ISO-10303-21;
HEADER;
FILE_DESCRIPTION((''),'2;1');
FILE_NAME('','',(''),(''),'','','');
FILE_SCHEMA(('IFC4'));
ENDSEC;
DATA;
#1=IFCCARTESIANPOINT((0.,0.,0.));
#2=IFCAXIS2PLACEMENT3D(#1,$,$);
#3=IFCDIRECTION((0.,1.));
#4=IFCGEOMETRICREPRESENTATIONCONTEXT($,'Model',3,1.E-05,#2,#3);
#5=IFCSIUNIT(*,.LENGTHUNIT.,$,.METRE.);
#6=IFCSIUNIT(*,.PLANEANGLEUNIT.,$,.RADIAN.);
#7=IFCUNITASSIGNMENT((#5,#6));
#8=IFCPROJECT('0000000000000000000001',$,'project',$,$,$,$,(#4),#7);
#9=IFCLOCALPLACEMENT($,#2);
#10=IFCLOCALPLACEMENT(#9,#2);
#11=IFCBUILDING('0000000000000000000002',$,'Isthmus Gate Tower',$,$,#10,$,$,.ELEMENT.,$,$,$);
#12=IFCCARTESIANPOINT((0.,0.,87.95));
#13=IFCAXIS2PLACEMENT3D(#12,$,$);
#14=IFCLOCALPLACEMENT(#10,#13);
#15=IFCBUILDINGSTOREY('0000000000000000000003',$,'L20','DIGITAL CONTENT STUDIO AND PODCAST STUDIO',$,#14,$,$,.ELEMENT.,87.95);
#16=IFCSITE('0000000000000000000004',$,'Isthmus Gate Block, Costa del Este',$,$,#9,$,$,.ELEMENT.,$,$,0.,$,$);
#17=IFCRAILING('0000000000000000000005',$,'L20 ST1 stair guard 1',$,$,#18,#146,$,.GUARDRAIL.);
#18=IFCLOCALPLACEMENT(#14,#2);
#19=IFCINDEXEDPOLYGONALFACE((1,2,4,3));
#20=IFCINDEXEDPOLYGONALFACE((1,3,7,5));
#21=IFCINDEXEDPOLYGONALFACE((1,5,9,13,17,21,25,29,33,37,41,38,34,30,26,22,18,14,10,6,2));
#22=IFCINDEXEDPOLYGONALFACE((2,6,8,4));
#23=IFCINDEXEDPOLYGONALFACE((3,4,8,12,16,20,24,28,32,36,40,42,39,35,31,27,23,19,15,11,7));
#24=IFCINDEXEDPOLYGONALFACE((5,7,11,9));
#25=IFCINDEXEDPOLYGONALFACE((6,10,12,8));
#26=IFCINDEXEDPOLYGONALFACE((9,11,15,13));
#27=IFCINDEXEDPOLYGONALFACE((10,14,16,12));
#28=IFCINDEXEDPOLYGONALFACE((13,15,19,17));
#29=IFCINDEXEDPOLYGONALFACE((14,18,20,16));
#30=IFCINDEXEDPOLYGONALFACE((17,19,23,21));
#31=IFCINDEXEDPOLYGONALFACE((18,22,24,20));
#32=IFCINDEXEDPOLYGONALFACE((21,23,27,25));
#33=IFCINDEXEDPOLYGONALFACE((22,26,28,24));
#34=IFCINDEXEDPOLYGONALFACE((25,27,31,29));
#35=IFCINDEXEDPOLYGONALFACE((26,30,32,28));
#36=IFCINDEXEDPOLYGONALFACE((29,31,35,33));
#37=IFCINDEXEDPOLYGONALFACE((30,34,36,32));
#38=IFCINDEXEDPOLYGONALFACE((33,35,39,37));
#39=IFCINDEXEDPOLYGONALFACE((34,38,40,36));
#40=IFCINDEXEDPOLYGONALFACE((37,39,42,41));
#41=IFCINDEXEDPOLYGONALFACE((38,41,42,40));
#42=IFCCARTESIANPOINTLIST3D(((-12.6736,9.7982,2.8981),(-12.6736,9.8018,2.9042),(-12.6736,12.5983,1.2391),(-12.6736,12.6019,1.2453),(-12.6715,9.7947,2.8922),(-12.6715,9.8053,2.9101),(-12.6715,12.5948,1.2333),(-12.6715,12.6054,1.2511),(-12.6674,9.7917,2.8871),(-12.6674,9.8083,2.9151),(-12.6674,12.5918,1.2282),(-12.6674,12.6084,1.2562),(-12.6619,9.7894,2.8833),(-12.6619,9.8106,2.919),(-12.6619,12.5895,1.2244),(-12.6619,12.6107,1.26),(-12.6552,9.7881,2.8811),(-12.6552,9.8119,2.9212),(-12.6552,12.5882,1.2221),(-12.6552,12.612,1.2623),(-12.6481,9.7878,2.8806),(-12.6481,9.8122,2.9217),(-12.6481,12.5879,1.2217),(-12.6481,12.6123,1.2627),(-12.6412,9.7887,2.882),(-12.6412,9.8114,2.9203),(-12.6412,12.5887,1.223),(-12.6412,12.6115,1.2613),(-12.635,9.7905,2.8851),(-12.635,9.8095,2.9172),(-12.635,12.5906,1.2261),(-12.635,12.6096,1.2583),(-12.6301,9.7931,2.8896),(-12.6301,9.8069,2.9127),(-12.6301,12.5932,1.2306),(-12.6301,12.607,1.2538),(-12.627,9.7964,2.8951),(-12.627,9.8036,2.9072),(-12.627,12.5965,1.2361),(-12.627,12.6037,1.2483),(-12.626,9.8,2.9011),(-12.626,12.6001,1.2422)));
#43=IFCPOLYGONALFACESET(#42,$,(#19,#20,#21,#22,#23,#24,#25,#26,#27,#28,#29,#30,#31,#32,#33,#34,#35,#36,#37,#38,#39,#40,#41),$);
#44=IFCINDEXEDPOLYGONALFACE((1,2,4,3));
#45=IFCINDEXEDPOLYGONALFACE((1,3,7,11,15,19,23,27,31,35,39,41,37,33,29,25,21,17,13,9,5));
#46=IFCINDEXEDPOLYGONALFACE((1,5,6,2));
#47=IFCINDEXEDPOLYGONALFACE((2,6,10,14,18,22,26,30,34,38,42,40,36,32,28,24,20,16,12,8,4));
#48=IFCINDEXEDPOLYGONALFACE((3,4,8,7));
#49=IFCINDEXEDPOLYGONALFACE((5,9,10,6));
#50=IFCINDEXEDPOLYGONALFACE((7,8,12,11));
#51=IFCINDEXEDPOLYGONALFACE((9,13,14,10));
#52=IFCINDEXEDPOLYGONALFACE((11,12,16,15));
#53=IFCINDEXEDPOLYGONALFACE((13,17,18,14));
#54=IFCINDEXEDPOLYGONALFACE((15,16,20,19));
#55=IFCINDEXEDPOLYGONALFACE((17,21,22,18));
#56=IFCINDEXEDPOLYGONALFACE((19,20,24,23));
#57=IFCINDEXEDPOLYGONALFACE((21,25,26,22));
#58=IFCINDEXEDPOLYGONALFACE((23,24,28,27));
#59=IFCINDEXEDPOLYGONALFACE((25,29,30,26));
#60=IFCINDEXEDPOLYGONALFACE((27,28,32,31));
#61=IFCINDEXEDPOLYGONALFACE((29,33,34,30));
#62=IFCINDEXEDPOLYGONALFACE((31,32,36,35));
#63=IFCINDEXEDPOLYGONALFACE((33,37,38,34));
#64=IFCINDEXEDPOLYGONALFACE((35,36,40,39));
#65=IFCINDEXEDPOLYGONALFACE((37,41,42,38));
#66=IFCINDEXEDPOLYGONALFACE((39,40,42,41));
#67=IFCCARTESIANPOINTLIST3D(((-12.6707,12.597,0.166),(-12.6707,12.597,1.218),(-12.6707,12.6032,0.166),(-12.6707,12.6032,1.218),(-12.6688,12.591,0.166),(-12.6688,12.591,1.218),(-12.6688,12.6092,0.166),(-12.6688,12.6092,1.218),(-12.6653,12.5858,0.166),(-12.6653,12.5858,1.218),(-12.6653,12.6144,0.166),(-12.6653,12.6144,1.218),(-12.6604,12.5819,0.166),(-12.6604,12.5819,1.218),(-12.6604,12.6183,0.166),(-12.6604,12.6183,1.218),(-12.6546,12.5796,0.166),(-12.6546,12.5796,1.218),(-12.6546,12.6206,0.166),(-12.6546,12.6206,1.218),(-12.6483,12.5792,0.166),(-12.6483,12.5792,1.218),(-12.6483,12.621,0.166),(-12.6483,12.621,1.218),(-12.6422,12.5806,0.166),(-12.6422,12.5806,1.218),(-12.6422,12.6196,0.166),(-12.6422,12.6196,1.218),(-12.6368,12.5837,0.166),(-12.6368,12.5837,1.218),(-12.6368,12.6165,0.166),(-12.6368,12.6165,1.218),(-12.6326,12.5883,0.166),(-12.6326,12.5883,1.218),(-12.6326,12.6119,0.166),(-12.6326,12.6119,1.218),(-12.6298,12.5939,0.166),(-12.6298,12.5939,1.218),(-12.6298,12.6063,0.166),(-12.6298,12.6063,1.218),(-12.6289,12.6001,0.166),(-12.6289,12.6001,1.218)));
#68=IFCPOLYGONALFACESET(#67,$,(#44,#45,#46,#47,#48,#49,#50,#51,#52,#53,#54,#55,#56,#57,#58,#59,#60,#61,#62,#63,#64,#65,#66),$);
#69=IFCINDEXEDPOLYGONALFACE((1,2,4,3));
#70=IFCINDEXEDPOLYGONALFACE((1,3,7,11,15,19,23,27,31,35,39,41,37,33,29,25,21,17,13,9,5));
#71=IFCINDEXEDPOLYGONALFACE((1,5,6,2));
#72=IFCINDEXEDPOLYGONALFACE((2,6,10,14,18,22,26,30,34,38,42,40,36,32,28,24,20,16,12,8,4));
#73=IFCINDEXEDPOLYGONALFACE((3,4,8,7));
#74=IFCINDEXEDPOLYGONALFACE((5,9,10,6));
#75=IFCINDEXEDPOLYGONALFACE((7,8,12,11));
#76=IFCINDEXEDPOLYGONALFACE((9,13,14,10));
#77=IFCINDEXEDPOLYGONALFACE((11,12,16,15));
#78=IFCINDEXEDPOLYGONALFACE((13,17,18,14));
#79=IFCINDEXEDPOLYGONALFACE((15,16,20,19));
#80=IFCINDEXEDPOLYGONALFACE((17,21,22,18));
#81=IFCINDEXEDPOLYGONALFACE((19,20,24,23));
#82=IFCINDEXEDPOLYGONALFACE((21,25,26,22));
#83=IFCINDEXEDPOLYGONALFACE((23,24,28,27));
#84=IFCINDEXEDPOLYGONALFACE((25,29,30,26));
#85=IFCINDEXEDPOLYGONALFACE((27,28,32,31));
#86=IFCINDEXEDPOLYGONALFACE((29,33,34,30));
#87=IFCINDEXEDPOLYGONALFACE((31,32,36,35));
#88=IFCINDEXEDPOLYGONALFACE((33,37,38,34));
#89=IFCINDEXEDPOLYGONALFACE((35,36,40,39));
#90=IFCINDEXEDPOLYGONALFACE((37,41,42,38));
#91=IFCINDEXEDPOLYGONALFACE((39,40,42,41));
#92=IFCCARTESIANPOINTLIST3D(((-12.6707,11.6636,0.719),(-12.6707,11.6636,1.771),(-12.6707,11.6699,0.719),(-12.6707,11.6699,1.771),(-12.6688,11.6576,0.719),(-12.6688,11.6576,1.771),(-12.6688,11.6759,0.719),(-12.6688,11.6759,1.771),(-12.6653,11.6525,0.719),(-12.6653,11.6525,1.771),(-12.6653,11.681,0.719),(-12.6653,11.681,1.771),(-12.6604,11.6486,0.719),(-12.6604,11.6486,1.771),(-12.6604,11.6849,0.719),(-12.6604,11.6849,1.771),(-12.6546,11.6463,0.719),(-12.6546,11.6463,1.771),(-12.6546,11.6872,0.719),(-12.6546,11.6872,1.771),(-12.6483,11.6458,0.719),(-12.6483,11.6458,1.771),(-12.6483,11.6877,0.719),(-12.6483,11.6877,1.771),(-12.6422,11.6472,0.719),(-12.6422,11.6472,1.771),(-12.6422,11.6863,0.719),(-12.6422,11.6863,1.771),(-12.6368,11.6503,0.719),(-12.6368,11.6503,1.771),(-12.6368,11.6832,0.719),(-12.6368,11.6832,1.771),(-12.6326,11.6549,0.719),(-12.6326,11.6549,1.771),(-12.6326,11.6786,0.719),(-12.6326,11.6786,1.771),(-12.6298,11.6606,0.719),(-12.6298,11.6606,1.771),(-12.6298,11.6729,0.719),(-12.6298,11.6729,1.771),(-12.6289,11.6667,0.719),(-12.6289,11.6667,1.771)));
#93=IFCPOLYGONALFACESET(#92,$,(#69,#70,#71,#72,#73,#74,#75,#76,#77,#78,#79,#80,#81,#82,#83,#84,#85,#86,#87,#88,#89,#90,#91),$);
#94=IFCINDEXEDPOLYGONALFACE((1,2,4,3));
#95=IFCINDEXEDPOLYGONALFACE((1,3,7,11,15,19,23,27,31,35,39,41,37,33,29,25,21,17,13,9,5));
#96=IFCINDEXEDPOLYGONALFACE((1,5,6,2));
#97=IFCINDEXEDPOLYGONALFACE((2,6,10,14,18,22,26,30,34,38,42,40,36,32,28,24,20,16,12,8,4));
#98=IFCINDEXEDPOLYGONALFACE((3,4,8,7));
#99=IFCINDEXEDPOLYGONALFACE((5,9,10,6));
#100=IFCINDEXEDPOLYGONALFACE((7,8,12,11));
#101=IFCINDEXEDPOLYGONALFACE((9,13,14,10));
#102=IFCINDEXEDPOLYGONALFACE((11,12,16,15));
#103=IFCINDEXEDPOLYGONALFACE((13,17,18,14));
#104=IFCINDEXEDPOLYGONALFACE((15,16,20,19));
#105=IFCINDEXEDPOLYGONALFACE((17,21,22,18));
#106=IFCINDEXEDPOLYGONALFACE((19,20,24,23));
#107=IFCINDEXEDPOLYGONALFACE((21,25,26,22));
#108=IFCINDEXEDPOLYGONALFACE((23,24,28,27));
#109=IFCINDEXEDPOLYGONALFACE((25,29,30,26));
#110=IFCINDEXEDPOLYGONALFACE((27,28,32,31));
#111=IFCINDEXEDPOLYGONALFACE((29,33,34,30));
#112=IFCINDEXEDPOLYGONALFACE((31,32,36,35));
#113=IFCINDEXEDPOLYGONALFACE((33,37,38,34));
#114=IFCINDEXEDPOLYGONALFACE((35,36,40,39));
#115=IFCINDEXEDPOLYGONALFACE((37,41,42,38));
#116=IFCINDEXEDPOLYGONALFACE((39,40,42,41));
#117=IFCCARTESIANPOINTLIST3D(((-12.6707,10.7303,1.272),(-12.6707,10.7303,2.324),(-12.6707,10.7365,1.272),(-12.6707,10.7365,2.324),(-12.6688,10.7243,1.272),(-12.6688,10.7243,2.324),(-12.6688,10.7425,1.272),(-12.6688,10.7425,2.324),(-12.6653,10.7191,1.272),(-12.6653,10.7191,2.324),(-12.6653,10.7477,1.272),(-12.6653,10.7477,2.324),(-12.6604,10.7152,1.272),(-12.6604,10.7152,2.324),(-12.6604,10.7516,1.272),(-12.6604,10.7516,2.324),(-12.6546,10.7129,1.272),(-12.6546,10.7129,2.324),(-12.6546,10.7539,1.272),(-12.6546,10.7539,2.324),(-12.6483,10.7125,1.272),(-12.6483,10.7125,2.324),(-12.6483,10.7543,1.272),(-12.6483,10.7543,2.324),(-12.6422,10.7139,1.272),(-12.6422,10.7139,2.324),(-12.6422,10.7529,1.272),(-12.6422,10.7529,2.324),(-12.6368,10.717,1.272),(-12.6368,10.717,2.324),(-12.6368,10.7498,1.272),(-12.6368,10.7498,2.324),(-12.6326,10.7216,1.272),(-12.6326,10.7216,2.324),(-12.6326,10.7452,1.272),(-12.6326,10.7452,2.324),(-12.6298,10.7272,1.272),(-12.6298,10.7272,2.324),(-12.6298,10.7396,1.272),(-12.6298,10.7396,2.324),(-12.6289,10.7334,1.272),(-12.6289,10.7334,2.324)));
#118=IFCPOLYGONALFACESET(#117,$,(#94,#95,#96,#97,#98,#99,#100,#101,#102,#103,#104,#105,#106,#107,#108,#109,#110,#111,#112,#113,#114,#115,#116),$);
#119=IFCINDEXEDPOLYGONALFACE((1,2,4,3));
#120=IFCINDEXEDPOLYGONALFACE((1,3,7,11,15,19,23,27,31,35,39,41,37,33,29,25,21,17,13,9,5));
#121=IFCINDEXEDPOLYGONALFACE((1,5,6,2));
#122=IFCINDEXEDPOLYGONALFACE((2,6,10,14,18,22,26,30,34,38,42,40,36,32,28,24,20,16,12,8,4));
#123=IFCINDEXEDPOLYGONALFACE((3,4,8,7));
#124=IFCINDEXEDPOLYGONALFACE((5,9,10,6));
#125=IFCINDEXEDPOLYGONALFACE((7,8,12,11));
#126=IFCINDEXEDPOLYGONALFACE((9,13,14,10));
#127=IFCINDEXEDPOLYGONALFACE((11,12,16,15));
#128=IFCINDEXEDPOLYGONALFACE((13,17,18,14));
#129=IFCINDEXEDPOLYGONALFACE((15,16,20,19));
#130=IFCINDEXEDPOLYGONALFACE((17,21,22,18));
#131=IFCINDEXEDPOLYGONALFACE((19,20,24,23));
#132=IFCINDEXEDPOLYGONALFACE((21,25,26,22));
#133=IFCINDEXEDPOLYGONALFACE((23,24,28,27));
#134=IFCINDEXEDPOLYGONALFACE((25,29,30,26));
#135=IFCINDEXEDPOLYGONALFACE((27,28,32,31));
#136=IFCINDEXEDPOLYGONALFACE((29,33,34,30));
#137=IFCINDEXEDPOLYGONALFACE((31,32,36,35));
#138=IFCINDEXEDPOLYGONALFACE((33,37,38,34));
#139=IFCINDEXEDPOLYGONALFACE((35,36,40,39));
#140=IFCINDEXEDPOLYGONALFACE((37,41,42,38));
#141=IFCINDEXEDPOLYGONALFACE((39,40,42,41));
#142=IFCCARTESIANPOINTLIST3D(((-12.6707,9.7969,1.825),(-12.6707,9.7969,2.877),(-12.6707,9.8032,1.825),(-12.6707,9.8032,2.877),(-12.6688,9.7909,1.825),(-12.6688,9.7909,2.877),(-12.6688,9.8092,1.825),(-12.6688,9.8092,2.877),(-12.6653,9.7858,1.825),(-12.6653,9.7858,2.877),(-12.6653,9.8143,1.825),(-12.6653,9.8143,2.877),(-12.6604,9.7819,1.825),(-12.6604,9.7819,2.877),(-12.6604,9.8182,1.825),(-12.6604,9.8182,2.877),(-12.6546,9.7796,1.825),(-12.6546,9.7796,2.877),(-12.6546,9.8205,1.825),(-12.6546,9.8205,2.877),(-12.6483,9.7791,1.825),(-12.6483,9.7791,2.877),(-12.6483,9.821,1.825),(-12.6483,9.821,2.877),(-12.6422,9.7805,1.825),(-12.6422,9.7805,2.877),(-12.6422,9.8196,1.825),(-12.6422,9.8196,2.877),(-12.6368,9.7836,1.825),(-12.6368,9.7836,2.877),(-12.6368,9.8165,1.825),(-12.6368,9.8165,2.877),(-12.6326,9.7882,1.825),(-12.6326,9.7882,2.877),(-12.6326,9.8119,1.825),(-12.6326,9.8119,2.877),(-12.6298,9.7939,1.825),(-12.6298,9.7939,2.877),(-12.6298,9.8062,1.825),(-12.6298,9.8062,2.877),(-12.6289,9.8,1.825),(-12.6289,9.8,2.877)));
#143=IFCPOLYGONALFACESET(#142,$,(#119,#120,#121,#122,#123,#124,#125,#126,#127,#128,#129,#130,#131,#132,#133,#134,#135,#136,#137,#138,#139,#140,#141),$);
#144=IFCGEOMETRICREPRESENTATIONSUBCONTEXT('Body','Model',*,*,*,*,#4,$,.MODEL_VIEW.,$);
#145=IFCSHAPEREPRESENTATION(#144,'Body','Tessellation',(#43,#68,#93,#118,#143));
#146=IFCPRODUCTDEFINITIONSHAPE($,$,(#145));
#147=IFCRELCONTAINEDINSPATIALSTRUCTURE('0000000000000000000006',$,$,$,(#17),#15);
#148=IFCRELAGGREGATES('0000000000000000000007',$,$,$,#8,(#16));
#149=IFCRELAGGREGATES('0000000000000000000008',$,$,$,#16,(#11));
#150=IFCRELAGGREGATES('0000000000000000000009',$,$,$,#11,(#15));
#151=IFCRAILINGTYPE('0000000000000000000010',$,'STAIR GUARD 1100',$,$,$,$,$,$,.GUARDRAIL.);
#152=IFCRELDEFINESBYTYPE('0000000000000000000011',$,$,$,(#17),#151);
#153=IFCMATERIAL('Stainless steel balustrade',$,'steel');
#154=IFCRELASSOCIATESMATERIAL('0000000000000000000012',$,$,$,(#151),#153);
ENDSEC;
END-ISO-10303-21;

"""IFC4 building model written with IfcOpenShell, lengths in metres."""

from ifc_helpers import new_model, si_unit, direction, frame, origin, origin_2d, place, context, subcontext, project, spatial, circle, extrude, material, type_object, element, save


model = new_model("IFC4")

# Units and contexts
model_context = context("Model", 3, precision=1e-05, world=origin(), true_north=direction((0.0, 1.0)))
body_context = subcontext(model_context, "Body", "Model", "MODEL_VIEW")
ifc_project = project(units=[si_unit("LENGTHUNIT", "METRE"), si_unit("PLANEANGLEUNIT", "RADIAN")], contexts=[model_context])

# Site, building, storey
site_placement = place(None, origin())
site = spatial("IfcSite", under=ifc_project, at=site_placement, Name="Isthmus Gate Block, Costa del Este", CompositionType="ELEMENT", RefElevation=0.0)
building_placement = place(site_placement, origin())
building = spatial("IfcBuilding", under=site, at=building_placement, Name="Isthmus Gate Tower", CompositionType="ELEMENT")
storey_placement = place(building_placement, frame((0.0, 0.0, 87.95)))
storey = spatial("IfcBuildingStorey", under=building, at=storey_placement, Name="L20", Description="DIGITAL CONTENT STUDIO AND PODCAST STUDIO", CompositionType="ELEMENT", Elevation=87.95)

# Railing
ifc_material_1 = material(Name="Stainless steel balustrade", Category="steel")
railing_type_1 = type_object("IfcRailingType", Name="STAIR GUARD 1100", PredefinedType="GUARDRAIL", material=ifc_material_1)
railing_1_placement = place(storey_placement, frame((-12.6499, 12.6001, 0.166)))
element("IfcRailing", 1, at=railing_1_placement, inside=storey, type_object=railing_type_1, Name="L20 ST1 stair guard 1", PredefinedType="GUARDRAIL", context=body_context, shape_type="SweptSolid", body=[
    extrude(circle(Radius=0.0239, at=origin_2d()), frame((0.0, 0.0, 1.0762), z_axis=(0.0, -0.860339, 0.509722), x_axis=(1.0, 0.0, 0.0)), (0.0, 0.0, 1.0), 3.2546),
    extrude(circle(Radius=0.021, at=origin_2d()), origin(), (0.0, 0.0, 1.0), 1.052),
    extrude(circle(Radius=0.021, at=origin_2d()), frame((0.0, -0.9333, 0.553)), (0.0, 0.0, 1.0), 1.052),
    extrude(circle(Radius=0.021, at=origin_2d()), frame((0.0, -1.8667, 1.106)), (0.0, 0.0, 1.0), 1.052),
    extrude(circle(Radius=0.021, at=origin_2d()), frame((0.0, -2.8, 1.6589)), (0.0, 0.0, 1.0), 1.052),
])

save(model, "model.ifc")
